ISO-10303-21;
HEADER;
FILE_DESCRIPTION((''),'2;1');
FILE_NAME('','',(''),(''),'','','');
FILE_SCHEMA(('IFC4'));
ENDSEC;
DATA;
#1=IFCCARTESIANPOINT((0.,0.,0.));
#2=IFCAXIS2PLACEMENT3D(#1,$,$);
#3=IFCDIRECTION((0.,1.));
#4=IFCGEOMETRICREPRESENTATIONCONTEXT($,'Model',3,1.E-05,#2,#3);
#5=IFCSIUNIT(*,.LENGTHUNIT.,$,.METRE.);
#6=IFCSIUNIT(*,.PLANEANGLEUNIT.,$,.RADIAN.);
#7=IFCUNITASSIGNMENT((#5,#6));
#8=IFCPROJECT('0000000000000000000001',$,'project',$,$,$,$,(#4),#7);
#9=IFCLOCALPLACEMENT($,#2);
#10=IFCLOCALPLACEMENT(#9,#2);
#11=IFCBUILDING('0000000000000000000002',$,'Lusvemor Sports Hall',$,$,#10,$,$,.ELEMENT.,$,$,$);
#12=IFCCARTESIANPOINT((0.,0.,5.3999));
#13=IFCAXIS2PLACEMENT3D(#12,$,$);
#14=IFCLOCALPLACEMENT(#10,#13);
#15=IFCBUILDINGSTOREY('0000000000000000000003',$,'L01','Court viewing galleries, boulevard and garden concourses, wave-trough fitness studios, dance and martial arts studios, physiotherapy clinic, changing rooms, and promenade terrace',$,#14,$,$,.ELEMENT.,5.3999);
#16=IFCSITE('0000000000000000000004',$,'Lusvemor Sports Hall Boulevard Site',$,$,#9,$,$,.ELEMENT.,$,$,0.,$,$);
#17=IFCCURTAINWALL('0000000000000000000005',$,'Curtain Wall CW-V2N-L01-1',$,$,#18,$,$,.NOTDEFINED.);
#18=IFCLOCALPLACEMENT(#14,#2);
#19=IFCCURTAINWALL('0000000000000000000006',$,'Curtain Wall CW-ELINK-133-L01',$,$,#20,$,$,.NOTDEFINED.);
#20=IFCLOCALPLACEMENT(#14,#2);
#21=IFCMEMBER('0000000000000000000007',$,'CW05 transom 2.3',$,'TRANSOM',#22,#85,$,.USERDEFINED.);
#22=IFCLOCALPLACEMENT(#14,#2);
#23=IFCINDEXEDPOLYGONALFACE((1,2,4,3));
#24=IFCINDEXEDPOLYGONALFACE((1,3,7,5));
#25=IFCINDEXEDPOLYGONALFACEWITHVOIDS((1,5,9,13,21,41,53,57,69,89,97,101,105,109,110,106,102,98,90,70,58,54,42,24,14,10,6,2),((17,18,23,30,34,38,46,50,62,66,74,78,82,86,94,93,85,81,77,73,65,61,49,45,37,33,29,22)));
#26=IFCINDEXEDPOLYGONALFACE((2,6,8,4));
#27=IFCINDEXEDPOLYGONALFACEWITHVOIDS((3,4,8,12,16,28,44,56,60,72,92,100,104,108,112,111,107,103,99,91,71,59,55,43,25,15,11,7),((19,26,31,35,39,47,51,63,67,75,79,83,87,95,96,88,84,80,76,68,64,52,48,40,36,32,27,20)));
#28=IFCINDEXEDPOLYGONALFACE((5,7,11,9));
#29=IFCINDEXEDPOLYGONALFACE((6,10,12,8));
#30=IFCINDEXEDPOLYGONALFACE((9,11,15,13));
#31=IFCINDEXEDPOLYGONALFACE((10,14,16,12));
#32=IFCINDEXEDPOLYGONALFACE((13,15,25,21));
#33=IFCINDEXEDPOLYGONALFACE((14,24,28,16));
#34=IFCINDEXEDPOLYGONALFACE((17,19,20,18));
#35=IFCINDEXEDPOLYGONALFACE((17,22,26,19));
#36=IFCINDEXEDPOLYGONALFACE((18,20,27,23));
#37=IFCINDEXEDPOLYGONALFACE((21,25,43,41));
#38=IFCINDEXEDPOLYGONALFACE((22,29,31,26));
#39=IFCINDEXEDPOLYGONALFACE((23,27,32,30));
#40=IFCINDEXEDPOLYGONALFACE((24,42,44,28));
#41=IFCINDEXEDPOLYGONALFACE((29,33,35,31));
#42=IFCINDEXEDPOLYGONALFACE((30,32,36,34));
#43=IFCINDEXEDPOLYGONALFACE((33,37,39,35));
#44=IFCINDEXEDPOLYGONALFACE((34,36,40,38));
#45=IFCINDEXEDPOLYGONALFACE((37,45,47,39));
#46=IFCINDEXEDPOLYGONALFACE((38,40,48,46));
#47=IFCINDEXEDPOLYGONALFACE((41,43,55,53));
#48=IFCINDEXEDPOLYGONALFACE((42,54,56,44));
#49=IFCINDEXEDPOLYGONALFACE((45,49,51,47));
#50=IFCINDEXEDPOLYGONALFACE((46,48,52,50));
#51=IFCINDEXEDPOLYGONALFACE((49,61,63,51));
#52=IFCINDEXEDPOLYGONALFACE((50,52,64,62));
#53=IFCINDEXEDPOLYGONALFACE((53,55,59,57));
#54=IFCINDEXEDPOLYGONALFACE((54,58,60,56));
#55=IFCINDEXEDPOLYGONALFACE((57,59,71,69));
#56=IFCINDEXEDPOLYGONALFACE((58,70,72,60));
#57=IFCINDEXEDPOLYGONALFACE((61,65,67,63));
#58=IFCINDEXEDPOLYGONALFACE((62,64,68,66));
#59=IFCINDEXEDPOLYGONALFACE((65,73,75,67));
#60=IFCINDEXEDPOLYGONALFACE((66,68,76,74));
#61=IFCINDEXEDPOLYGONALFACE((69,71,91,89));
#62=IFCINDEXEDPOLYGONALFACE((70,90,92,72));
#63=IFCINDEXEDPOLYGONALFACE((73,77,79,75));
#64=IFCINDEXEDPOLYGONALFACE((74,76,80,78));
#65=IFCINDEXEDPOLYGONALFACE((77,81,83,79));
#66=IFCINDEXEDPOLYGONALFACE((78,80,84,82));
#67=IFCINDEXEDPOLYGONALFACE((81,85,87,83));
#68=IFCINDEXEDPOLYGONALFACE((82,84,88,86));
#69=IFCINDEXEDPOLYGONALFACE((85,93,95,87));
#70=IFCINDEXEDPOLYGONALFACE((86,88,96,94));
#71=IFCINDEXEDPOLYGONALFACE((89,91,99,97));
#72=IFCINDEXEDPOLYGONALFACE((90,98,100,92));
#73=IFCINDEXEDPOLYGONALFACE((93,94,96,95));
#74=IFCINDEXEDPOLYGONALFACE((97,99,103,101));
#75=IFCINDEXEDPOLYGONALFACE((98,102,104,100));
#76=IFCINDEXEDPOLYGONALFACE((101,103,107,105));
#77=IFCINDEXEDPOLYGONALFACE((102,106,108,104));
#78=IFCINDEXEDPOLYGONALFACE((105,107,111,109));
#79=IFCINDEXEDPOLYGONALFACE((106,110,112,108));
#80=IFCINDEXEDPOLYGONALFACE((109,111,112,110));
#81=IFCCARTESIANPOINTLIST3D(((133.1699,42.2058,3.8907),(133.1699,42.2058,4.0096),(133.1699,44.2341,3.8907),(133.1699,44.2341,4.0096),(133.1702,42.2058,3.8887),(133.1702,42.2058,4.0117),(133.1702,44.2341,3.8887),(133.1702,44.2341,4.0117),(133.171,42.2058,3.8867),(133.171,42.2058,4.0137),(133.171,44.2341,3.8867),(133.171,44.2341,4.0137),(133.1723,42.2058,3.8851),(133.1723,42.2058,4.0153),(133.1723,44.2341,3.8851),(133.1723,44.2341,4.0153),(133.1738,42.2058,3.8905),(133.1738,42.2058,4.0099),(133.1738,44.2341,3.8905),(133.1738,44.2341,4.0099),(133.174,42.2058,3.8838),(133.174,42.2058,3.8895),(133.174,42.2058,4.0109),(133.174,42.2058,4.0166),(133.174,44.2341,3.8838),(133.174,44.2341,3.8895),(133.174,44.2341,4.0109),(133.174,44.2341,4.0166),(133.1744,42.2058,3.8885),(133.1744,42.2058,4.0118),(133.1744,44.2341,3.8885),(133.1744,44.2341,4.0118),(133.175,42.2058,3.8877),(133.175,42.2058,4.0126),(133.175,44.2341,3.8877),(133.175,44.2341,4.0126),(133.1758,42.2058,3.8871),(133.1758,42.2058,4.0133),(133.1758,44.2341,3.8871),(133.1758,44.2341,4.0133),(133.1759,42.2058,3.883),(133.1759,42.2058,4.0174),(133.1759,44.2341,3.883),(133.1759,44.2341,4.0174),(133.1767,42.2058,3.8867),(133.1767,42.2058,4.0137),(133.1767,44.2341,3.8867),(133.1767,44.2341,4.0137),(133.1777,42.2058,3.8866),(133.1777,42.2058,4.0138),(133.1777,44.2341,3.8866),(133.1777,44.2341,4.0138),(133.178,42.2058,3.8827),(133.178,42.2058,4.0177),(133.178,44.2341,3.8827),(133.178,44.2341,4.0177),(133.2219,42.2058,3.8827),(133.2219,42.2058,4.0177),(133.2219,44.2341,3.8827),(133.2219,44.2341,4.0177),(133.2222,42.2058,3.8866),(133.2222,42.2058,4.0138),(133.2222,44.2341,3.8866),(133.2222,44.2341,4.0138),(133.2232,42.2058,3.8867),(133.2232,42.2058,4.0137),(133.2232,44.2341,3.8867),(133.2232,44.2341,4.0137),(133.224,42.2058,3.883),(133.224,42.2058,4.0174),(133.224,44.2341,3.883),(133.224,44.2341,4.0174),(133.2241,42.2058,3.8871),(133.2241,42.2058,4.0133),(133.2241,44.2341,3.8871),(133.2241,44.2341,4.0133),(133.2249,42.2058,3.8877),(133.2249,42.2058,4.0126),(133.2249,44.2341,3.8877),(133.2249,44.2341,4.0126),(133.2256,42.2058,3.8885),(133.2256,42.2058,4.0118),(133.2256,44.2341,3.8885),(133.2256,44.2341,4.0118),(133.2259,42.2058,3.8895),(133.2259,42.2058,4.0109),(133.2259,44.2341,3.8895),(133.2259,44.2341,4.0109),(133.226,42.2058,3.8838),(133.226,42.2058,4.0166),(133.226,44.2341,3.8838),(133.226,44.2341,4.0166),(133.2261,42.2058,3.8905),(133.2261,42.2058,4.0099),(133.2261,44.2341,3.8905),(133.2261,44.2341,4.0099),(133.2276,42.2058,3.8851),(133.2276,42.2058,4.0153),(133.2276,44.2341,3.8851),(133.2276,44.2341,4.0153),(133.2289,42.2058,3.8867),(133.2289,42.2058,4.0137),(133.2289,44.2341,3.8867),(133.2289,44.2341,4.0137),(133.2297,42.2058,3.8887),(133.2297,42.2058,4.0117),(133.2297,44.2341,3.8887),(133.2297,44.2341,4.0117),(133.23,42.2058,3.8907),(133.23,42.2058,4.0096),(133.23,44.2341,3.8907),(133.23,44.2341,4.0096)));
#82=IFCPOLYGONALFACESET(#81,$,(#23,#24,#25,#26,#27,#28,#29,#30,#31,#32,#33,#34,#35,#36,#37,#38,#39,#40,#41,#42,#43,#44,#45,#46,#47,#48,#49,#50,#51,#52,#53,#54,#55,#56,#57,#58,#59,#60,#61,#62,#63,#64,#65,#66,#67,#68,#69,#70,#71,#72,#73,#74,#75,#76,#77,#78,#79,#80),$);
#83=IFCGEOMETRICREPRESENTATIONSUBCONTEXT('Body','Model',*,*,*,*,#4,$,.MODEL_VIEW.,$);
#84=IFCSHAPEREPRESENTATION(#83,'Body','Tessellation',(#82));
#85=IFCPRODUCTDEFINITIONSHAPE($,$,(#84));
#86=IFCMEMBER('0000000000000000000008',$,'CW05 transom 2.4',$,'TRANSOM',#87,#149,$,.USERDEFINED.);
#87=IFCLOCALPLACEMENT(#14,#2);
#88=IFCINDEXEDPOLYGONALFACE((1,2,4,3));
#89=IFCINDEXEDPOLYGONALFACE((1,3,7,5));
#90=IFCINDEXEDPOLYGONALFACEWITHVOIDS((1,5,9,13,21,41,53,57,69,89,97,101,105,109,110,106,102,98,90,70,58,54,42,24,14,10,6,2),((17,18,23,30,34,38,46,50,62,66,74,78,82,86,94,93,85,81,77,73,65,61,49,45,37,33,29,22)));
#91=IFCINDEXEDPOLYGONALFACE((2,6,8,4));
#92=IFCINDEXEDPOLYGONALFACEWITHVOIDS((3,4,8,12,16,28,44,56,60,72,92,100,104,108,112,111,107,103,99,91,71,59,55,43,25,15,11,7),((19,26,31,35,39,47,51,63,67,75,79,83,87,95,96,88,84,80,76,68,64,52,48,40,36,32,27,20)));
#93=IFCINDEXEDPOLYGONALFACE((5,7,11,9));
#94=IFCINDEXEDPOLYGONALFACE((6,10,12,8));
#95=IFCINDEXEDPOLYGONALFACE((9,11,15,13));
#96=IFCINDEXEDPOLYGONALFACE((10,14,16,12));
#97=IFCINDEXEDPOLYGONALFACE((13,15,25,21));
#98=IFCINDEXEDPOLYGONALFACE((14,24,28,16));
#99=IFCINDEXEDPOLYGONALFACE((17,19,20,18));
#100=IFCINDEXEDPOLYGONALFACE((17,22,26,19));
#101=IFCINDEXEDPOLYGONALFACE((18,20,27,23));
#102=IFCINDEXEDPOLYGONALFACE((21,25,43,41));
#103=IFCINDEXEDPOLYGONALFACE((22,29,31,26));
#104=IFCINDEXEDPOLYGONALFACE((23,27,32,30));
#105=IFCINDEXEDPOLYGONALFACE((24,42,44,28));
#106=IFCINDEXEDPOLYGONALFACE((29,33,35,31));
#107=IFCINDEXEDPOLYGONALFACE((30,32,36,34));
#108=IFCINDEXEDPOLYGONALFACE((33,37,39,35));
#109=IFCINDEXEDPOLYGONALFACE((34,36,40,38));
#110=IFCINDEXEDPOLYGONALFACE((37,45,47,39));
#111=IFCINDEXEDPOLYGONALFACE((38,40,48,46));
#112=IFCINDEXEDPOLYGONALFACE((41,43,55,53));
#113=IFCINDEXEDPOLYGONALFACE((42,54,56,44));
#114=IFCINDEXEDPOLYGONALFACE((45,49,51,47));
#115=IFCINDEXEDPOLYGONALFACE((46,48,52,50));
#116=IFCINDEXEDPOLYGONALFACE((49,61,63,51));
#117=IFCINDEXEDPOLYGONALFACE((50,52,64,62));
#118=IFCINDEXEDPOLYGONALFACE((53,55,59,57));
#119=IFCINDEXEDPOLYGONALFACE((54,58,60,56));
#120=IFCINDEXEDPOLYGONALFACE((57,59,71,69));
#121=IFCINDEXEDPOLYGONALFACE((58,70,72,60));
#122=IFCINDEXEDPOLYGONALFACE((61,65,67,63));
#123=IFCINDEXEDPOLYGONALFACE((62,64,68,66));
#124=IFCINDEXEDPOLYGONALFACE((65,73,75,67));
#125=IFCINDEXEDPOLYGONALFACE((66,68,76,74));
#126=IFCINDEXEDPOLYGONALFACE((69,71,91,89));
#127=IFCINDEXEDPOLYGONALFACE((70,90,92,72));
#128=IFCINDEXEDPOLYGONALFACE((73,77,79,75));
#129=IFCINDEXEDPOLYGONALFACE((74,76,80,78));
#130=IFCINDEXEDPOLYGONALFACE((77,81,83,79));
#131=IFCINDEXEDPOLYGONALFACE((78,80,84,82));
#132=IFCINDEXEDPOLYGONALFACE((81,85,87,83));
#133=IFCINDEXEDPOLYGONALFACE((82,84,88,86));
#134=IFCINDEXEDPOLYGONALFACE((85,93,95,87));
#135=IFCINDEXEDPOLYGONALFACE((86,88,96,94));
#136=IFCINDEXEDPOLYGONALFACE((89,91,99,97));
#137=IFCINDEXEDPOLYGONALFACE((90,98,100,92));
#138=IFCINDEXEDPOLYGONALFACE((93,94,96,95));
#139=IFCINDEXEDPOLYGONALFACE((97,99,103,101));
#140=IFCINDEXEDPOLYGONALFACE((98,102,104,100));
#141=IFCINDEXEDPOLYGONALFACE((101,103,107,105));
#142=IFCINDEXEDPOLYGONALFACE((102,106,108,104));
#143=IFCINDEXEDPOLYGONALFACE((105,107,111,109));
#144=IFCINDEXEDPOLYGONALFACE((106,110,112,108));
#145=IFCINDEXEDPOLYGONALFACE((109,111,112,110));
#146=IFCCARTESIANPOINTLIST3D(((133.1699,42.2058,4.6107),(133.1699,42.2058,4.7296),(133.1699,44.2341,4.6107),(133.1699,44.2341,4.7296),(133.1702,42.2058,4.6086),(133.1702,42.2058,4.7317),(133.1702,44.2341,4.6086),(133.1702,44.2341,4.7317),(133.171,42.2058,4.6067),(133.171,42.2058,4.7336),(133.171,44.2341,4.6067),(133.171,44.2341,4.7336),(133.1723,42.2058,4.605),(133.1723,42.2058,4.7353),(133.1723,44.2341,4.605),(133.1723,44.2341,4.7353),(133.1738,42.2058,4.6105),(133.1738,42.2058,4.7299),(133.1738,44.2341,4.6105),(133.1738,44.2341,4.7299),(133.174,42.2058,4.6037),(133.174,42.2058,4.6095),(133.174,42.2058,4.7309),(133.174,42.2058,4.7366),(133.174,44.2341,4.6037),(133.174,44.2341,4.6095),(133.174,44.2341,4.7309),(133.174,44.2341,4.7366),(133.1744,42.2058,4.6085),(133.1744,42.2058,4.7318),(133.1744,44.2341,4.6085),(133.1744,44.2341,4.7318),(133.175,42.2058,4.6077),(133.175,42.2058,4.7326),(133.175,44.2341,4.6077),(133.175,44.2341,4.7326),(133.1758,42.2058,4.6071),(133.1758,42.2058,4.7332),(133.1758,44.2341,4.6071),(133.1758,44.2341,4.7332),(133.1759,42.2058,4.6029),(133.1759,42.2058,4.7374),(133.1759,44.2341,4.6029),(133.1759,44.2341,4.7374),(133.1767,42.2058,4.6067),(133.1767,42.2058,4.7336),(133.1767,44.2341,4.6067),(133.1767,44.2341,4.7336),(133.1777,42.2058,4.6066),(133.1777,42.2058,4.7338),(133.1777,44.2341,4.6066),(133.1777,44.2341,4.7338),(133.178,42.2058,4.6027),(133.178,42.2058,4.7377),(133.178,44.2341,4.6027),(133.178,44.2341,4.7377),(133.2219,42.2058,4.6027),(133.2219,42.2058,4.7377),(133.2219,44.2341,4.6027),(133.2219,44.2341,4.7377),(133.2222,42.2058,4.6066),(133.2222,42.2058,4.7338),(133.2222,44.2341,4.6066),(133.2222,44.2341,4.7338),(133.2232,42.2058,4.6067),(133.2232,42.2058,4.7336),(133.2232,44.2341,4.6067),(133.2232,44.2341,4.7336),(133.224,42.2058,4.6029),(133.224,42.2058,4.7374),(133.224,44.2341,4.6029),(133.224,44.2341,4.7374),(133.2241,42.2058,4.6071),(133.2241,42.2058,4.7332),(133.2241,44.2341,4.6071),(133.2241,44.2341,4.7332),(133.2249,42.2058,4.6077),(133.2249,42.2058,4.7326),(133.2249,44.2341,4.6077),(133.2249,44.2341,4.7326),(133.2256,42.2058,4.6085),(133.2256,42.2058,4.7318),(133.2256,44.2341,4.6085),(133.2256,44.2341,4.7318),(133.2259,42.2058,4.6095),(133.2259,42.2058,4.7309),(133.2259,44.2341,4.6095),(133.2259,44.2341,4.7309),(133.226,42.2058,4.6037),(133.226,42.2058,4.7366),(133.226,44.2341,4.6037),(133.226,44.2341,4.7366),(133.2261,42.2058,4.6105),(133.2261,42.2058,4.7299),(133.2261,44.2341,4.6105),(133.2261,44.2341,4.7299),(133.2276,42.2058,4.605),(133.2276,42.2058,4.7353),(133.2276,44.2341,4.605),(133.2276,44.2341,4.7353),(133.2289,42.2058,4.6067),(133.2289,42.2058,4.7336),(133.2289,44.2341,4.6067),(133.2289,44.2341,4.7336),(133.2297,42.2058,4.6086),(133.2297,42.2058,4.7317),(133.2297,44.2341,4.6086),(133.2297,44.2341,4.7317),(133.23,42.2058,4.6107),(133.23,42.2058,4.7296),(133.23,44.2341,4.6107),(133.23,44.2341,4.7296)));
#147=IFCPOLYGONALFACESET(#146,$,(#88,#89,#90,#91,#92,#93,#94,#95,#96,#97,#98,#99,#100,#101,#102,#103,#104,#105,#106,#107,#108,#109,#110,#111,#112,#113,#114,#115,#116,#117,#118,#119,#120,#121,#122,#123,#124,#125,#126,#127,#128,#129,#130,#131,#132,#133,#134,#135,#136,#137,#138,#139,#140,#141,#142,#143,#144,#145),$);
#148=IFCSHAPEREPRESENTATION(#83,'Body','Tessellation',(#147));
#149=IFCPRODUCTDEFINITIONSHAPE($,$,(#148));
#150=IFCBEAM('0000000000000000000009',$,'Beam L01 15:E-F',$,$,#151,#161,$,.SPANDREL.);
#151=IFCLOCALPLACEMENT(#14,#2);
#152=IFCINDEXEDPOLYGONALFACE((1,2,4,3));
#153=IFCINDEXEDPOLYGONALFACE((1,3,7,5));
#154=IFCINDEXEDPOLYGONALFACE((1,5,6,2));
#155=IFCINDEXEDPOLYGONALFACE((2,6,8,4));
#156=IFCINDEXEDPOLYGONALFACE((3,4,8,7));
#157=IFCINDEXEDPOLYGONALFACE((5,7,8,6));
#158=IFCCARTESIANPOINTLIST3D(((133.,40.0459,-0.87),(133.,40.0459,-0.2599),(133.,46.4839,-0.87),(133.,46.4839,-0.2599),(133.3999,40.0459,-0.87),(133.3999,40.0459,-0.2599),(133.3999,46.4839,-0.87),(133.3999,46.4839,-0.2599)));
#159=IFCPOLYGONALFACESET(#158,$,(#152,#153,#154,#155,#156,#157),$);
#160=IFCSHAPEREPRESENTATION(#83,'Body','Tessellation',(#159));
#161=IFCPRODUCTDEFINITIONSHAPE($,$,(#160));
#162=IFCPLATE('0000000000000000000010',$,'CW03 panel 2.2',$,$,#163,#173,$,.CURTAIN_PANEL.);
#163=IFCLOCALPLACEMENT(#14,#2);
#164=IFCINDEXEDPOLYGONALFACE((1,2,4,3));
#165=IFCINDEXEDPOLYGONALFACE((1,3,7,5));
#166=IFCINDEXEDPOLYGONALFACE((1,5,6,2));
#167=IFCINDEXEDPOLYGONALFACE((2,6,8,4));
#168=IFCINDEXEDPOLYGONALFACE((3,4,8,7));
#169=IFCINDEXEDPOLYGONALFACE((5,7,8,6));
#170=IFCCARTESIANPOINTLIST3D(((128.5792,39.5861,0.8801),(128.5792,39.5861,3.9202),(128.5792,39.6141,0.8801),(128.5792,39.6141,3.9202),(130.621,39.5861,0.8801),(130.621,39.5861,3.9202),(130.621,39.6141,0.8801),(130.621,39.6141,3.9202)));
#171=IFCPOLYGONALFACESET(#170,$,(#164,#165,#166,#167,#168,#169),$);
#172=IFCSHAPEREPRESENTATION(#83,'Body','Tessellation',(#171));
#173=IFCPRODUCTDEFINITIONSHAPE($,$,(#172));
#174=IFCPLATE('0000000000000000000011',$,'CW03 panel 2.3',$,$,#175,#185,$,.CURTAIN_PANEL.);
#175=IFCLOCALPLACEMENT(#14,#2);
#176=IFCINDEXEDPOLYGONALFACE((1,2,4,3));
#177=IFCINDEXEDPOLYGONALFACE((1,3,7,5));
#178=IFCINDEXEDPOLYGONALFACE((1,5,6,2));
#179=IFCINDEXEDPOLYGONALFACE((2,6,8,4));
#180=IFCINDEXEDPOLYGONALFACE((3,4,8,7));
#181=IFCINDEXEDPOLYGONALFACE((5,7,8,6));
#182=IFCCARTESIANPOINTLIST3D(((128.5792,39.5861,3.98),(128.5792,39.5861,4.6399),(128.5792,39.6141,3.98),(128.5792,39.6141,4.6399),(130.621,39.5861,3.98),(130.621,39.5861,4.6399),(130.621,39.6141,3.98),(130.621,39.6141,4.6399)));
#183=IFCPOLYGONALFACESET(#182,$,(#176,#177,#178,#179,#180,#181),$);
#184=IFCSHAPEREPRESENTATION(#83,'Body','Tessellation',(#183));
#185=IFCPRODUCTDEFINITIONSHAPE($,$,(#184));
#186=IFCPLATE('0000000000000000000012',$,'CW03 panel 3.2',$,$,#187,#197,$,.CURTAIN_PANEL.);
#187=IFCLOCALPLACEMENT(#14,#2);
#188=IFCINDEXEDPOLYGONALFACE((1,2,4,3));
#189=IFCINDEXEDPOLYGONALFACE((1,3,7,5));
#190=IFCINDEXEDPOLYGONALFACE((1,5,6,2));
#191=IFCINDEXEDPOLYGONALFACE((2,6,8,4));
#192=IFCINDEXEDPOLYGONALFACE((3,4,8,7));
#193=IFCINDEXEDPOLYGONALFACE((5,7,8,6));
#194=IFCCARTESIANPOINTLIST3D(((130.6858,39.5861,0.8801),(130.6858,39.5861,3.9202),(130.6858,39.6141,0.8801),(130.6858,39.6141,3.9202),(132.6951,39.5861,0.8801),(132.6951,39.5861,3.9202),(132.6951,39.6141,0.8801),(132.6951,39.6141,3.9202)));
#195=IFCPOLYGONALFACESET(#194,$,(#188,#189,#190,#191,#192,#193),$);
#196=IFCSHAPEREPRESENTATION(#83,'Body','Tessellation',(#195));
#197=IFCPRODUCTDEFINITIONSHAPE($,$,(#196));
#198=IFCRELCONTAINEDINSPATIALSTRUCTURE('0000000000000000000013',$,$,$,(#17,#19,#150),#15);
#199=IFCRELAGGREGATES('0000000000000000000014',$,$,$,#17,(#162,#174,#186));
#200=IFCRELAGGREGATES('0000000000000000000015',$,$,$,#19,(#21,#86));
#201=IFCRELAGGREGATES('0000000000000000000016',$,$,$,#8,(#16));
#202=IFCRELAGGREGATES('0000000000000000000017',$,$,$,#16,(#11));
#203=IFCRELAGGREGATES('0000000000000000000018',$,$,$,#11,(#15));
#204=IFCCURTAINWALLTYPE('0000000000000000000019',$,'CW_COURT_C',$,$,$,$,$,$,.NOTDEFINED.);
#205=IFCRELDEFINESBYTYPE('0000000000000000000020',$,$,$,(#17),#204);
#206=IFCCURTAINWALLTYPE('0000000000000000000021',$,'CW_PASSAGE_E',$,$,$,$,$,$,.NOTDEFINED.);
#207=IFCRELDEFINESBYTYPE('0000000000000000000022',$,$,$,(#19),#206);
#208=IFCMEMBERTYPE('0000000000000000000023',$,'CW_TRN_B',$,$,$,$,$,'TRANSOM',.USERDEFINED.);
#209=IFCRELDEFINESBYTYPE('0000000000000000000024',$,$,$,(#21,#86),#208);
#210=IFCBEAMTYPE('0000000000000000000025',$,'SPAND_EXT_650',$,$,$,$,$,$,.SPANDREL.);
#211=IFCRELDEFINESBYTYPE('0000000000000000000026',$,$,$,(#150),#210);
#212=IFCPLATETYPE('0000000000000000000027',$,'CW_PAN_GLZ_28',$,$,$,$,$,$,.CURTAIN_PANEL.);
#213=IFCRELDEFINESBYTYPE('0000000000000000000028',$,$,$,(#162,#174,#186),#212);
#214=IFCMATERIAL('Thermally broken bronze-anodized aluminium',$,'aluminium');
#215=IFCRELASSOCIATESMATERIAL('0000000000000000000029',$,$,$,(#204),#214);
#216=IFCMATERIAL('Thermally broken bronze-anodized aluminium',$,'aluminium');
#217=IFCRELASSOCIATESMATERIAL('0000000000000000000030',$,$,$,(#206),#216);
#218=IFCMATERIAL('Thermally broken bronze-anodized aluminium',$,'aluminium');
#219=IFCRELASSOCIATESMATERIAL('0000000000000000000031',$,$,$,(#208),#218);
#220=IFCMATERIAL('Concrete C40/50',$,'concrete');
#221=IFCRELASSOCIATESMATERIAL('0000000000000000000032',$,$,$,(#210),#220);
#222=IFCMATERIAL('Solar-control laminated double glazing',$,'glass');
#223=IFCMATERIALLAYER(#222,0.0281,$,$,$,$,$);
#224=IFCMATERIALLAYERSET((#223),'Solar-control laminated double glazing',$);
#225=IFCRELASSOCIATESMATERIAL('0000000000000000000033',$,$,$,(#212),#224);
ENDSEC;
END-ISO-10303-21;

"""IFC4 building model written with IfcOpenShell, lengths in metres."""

from ifc_helpers import new_model, si_unit, direction, frame, origin, origin_2d, place, context, subcontext, project, spatial, rectangle, hollow_rectangle, extrude, material, layer, layer_set, material_profile, profile_set, type_object, element, aggregate, save


model = new_model("IFC4")

# Units and contexts
model_context = context("Model", 3, precision=1e-05, world=origin(), true_north=direction((0.0, 1.0)))
body_context = subcontext(model_context, "Body", "Model", "MODEL_VIEW")
ifc_project = project(units=[si_unit("LENGTHUNIT", "METRE"), si_unit("PLANEANGLEUNIT", "RADIAN")], contexts=[model_context])

# Site, building, storey
site_placement = place(None, origin())
site = spatial("IfcSite", under=ifc_project, at=site_placement, Name="Lusvemor Sports Hall Boulevard Site", CompositionType="ELEMENT", RefElevation=0.0)
building_placement = place(site_placement, origin())
building = spatial("IfcBuilding", under=site, at=building_placement, Name="Lusvemor Sports Hall", CompositionType="ELEMENT")
storey_placement = place(building_placement, frame((0.0, 0.0, 5.3999)))
storey = spatial("IfcBuildingStorey", under=building, at=storey_placement, Name="L01", Description="Court viewing galleries, boulevard and garden concourses, wave-trough fitness studios, dance and martial arts studios, physiotherapy clinic, changing rooms, and promenade terrace", CompositionType="ELEMENT", Elevation=5.3999)

# Curtain walls
ifc_material_1 = material(Name="Thermally broken bronze-anodized aluminium", Category="aluminium")
curtain_wall_type_1 = type_object("IfcCurtainWallType", Name="CW_COURT_C", PredefinedType="NOTDEFINED", material=ifc_material_1)
curtain_wall_1_placement = place(storey_placement, origin())
curtain_wall_1 = element("IfcCurtainWall", 1, at=curtain_wall_1_placement, inside=storey, type_object=curtain_wall_type_1, Name="Curtain Wall CW-V2N-L01-1", PredefinedType="NOTDEFINED")
ifc_material_2 = material(Name="Thermally broken bronze-anodized aluminium", Category="aluminium")
curtain_wall_type_2 = type_object("IfcCurtainWallType", Name="CW_PASSAGE_E", PredefinedType="NOTDEFINED", material=ifc_material_2)
curtain_wall_2_placement = place(storey_placement, origin())
curtain_wall_2 = element("IfcCurtainWall", 2, at=curtain_wall_2_placement, inside=storey, type_object=curtain_wall_type_2, Name="Curtain Wall CW-ELINK-133-L01", PredefinedType="NOTDEFINED")

# Members
ifc_material_3 = material(Name="Thermally broken bronze-anodized aluminium", Category="aluminium")
ifc_material_profile_1 = material_profile(ifc_material_3, hollow_rectangle(XDim=0.0601, YDim=0.135, WallThickness=0.0039, InnerFilletRadius=0.0039, OuterFilletRadius=0.0081, at=origin_2d()), Name="CWTRN135x60x4")
ifc_profile_set_1 = profile_set([ifc_material_profile_1], Name="Thermally broken bronze-anodized aluminium")
member_type_1 = type_object("IfcMemberType", Name="CW_TRN_B", ElementType="TRANSOM", PredefinedType="USERDEFINED", material=ifc_profile_set_1)
member_1_placement = place(storey_placement, frame((133.2, 42.2058, 3.9502), z_axis=(0.0, 1.0, 0.0), x_axis=(-1.0, 0.0, 0.0)))
member_1 = element("IfcMember", 3, at=member_1_placement, type_object=member_type_1, Name="CW05 transom 2.3", ObjectType="TRANSOM", PredefinedType="USERDEFINED", context=body_context, shape_type="SweptSolid", body=[
    extrude(hollow_rectangle(XDim=0.0601, YDim=0.135, WallThickness=0.0039, InnerFilletRadius=0.0039, OuterFilletRadius=0.0081, at=origin_2d()), origin(), (0.0, 0.0, 1.0), 2.0283),
])
member_2_placement = place(storey_placement, frame((133.2, 42.2058, 4.6702), z_axis=(0.0, 1.0, 0.0), x_axis=(-1.0, 0.0, 0.0)))
member_2 = element("IfcMember", 4, at=member_2_placement, type_object=member_type_1, Name="CW05 transom 2.4", ObjectType="TRANSOM", PredefinedType="USERDEFINED", context=body_context, shape_type="SweptSolid", body=[
    extrude(hollow_rectangle(XDim=0.0601, YDim=0.135, WallThickness=0.0039, InnerFilletRadius=0.0039, OuterFilletRadius=0.0081, at=origin_2d()), origin(), (0.0, 0.0, 1.0), 2.0283),
])

# Beam
ifc_material_4 = material(Name="Concrete C40/50", Category="concrete")
ifc_material_profile_2 = material_profile(ifc_material_4, rectangle(XDim=0.3999, YDim=0.6101, at=origin_2d()), Name="RC400x610")
ifc_profile_set_2 = profile_set([ifc_material_profile_2], Name="Concrete C40/50")
beam_type = type_object("IfcBeamType", Name="SPAND_EXT_650", PredefinedType="SPANDREL", material=ifc_profile_set_2)
beam_placement = place(storey_placement, frame((133.2, 40.0459, -0.5649), z_axis=(0.0, 1.0, 0.0), x_axis=(-1.0, 0.0, 0.0)))
element("IfcBeam", 5, at=beam_placement, inside=storey, type_object=beam_type, Name="Beam L01 15:E-F", PredefinedType="SPANDREL", context=body_context, shape_type="SweptSolid", body=[
    extrude(rectangle(XDim=0.3999, YDim=0.6101, at=origin_2d()), origin(), (0.0, 0.0, 1.0), 6.438),
])

# Plates
ifc_material_5 = material(Name="Solar-control laminated double glazing", Category="glass")
ifc_layer_1 = layer(ifc_material_5, 0.0281)
ifc_layer_set_1 = layer_set([ifc_layer_1], Name="Solar-control laminated double glazing")
plate_type_1 = type_object("IfcPlateType", Name="CW_PAN_GLZ_28", PredefinedType="CURTAIN_PANEL", material=ifc_layer_set_1)
plate_1_placement = place(storey_placement, frame((129.6001, 39.6001, 0.8801), z_axis=(0.0, 0.0, 1.0), x_axis=(1.0, 0.0, 0.0)))
plate_1 = element("IfcPlate", 6, at=plate_1_placement, type_object=plate_type_1, Name="CW03 panel 2.2", PredefinedType="CURTAIN_PANEL", context=body_context, shape_type="SweptSolid", body=[
    extrude(rectangle(XDim=2.0417, YDim=0.0281, at=origin_2d()), origin(), (0.0, 0.0, 1.0), 3.04),
])
plate_2_placement = place(storey_placement, frame((129.6001, 39.6001, 3.98), z_axis=(0.0, 0.0, 1.0), x_axis=(1.0, 0.0, 0.0)))
plate_2 = element("IfcPlate", 7, at=plate_2_placement, type_object=plate_type_1, Name="CW03 panel 2.3", PredefinedType="CURTAIN_PANEL", context=body_context, shape_type="SweptSolid", body=[
    extrude(rectangle(XDim=2.0417, YDim=0.0281, at=origin_2d()), origin(), (0.0, 0.0, 1.0), 0.6599),
])
plate_3_placement = place(storey_placement, frame((131.6904, 39.6001, 0.8801), z_axis=(0.0, 0.0, 1.0), x_axis=(1.0, 0.0, 0.0)))
plate_3 = element("IfcPlate", 8, at=plate_3_placement, type_object=plate_type_1, Name="CW03 panel 3.2", PredefinedType="CURTAIN_PANEL", context=body_context, shape_type="SweptSolid", body=[
    extrude(rectangle(XDim=2.0093, YDim=0.0281, at=origin_2d()), origin(), (0.0, 0.0, 1.0), 3.04),
])
aggregate(curtain_wall_1, [plate_1, plate_2, plate_3])
aggregate(curtain_wall_2, [member_1, member_2])

save(model, "model.ifc")
